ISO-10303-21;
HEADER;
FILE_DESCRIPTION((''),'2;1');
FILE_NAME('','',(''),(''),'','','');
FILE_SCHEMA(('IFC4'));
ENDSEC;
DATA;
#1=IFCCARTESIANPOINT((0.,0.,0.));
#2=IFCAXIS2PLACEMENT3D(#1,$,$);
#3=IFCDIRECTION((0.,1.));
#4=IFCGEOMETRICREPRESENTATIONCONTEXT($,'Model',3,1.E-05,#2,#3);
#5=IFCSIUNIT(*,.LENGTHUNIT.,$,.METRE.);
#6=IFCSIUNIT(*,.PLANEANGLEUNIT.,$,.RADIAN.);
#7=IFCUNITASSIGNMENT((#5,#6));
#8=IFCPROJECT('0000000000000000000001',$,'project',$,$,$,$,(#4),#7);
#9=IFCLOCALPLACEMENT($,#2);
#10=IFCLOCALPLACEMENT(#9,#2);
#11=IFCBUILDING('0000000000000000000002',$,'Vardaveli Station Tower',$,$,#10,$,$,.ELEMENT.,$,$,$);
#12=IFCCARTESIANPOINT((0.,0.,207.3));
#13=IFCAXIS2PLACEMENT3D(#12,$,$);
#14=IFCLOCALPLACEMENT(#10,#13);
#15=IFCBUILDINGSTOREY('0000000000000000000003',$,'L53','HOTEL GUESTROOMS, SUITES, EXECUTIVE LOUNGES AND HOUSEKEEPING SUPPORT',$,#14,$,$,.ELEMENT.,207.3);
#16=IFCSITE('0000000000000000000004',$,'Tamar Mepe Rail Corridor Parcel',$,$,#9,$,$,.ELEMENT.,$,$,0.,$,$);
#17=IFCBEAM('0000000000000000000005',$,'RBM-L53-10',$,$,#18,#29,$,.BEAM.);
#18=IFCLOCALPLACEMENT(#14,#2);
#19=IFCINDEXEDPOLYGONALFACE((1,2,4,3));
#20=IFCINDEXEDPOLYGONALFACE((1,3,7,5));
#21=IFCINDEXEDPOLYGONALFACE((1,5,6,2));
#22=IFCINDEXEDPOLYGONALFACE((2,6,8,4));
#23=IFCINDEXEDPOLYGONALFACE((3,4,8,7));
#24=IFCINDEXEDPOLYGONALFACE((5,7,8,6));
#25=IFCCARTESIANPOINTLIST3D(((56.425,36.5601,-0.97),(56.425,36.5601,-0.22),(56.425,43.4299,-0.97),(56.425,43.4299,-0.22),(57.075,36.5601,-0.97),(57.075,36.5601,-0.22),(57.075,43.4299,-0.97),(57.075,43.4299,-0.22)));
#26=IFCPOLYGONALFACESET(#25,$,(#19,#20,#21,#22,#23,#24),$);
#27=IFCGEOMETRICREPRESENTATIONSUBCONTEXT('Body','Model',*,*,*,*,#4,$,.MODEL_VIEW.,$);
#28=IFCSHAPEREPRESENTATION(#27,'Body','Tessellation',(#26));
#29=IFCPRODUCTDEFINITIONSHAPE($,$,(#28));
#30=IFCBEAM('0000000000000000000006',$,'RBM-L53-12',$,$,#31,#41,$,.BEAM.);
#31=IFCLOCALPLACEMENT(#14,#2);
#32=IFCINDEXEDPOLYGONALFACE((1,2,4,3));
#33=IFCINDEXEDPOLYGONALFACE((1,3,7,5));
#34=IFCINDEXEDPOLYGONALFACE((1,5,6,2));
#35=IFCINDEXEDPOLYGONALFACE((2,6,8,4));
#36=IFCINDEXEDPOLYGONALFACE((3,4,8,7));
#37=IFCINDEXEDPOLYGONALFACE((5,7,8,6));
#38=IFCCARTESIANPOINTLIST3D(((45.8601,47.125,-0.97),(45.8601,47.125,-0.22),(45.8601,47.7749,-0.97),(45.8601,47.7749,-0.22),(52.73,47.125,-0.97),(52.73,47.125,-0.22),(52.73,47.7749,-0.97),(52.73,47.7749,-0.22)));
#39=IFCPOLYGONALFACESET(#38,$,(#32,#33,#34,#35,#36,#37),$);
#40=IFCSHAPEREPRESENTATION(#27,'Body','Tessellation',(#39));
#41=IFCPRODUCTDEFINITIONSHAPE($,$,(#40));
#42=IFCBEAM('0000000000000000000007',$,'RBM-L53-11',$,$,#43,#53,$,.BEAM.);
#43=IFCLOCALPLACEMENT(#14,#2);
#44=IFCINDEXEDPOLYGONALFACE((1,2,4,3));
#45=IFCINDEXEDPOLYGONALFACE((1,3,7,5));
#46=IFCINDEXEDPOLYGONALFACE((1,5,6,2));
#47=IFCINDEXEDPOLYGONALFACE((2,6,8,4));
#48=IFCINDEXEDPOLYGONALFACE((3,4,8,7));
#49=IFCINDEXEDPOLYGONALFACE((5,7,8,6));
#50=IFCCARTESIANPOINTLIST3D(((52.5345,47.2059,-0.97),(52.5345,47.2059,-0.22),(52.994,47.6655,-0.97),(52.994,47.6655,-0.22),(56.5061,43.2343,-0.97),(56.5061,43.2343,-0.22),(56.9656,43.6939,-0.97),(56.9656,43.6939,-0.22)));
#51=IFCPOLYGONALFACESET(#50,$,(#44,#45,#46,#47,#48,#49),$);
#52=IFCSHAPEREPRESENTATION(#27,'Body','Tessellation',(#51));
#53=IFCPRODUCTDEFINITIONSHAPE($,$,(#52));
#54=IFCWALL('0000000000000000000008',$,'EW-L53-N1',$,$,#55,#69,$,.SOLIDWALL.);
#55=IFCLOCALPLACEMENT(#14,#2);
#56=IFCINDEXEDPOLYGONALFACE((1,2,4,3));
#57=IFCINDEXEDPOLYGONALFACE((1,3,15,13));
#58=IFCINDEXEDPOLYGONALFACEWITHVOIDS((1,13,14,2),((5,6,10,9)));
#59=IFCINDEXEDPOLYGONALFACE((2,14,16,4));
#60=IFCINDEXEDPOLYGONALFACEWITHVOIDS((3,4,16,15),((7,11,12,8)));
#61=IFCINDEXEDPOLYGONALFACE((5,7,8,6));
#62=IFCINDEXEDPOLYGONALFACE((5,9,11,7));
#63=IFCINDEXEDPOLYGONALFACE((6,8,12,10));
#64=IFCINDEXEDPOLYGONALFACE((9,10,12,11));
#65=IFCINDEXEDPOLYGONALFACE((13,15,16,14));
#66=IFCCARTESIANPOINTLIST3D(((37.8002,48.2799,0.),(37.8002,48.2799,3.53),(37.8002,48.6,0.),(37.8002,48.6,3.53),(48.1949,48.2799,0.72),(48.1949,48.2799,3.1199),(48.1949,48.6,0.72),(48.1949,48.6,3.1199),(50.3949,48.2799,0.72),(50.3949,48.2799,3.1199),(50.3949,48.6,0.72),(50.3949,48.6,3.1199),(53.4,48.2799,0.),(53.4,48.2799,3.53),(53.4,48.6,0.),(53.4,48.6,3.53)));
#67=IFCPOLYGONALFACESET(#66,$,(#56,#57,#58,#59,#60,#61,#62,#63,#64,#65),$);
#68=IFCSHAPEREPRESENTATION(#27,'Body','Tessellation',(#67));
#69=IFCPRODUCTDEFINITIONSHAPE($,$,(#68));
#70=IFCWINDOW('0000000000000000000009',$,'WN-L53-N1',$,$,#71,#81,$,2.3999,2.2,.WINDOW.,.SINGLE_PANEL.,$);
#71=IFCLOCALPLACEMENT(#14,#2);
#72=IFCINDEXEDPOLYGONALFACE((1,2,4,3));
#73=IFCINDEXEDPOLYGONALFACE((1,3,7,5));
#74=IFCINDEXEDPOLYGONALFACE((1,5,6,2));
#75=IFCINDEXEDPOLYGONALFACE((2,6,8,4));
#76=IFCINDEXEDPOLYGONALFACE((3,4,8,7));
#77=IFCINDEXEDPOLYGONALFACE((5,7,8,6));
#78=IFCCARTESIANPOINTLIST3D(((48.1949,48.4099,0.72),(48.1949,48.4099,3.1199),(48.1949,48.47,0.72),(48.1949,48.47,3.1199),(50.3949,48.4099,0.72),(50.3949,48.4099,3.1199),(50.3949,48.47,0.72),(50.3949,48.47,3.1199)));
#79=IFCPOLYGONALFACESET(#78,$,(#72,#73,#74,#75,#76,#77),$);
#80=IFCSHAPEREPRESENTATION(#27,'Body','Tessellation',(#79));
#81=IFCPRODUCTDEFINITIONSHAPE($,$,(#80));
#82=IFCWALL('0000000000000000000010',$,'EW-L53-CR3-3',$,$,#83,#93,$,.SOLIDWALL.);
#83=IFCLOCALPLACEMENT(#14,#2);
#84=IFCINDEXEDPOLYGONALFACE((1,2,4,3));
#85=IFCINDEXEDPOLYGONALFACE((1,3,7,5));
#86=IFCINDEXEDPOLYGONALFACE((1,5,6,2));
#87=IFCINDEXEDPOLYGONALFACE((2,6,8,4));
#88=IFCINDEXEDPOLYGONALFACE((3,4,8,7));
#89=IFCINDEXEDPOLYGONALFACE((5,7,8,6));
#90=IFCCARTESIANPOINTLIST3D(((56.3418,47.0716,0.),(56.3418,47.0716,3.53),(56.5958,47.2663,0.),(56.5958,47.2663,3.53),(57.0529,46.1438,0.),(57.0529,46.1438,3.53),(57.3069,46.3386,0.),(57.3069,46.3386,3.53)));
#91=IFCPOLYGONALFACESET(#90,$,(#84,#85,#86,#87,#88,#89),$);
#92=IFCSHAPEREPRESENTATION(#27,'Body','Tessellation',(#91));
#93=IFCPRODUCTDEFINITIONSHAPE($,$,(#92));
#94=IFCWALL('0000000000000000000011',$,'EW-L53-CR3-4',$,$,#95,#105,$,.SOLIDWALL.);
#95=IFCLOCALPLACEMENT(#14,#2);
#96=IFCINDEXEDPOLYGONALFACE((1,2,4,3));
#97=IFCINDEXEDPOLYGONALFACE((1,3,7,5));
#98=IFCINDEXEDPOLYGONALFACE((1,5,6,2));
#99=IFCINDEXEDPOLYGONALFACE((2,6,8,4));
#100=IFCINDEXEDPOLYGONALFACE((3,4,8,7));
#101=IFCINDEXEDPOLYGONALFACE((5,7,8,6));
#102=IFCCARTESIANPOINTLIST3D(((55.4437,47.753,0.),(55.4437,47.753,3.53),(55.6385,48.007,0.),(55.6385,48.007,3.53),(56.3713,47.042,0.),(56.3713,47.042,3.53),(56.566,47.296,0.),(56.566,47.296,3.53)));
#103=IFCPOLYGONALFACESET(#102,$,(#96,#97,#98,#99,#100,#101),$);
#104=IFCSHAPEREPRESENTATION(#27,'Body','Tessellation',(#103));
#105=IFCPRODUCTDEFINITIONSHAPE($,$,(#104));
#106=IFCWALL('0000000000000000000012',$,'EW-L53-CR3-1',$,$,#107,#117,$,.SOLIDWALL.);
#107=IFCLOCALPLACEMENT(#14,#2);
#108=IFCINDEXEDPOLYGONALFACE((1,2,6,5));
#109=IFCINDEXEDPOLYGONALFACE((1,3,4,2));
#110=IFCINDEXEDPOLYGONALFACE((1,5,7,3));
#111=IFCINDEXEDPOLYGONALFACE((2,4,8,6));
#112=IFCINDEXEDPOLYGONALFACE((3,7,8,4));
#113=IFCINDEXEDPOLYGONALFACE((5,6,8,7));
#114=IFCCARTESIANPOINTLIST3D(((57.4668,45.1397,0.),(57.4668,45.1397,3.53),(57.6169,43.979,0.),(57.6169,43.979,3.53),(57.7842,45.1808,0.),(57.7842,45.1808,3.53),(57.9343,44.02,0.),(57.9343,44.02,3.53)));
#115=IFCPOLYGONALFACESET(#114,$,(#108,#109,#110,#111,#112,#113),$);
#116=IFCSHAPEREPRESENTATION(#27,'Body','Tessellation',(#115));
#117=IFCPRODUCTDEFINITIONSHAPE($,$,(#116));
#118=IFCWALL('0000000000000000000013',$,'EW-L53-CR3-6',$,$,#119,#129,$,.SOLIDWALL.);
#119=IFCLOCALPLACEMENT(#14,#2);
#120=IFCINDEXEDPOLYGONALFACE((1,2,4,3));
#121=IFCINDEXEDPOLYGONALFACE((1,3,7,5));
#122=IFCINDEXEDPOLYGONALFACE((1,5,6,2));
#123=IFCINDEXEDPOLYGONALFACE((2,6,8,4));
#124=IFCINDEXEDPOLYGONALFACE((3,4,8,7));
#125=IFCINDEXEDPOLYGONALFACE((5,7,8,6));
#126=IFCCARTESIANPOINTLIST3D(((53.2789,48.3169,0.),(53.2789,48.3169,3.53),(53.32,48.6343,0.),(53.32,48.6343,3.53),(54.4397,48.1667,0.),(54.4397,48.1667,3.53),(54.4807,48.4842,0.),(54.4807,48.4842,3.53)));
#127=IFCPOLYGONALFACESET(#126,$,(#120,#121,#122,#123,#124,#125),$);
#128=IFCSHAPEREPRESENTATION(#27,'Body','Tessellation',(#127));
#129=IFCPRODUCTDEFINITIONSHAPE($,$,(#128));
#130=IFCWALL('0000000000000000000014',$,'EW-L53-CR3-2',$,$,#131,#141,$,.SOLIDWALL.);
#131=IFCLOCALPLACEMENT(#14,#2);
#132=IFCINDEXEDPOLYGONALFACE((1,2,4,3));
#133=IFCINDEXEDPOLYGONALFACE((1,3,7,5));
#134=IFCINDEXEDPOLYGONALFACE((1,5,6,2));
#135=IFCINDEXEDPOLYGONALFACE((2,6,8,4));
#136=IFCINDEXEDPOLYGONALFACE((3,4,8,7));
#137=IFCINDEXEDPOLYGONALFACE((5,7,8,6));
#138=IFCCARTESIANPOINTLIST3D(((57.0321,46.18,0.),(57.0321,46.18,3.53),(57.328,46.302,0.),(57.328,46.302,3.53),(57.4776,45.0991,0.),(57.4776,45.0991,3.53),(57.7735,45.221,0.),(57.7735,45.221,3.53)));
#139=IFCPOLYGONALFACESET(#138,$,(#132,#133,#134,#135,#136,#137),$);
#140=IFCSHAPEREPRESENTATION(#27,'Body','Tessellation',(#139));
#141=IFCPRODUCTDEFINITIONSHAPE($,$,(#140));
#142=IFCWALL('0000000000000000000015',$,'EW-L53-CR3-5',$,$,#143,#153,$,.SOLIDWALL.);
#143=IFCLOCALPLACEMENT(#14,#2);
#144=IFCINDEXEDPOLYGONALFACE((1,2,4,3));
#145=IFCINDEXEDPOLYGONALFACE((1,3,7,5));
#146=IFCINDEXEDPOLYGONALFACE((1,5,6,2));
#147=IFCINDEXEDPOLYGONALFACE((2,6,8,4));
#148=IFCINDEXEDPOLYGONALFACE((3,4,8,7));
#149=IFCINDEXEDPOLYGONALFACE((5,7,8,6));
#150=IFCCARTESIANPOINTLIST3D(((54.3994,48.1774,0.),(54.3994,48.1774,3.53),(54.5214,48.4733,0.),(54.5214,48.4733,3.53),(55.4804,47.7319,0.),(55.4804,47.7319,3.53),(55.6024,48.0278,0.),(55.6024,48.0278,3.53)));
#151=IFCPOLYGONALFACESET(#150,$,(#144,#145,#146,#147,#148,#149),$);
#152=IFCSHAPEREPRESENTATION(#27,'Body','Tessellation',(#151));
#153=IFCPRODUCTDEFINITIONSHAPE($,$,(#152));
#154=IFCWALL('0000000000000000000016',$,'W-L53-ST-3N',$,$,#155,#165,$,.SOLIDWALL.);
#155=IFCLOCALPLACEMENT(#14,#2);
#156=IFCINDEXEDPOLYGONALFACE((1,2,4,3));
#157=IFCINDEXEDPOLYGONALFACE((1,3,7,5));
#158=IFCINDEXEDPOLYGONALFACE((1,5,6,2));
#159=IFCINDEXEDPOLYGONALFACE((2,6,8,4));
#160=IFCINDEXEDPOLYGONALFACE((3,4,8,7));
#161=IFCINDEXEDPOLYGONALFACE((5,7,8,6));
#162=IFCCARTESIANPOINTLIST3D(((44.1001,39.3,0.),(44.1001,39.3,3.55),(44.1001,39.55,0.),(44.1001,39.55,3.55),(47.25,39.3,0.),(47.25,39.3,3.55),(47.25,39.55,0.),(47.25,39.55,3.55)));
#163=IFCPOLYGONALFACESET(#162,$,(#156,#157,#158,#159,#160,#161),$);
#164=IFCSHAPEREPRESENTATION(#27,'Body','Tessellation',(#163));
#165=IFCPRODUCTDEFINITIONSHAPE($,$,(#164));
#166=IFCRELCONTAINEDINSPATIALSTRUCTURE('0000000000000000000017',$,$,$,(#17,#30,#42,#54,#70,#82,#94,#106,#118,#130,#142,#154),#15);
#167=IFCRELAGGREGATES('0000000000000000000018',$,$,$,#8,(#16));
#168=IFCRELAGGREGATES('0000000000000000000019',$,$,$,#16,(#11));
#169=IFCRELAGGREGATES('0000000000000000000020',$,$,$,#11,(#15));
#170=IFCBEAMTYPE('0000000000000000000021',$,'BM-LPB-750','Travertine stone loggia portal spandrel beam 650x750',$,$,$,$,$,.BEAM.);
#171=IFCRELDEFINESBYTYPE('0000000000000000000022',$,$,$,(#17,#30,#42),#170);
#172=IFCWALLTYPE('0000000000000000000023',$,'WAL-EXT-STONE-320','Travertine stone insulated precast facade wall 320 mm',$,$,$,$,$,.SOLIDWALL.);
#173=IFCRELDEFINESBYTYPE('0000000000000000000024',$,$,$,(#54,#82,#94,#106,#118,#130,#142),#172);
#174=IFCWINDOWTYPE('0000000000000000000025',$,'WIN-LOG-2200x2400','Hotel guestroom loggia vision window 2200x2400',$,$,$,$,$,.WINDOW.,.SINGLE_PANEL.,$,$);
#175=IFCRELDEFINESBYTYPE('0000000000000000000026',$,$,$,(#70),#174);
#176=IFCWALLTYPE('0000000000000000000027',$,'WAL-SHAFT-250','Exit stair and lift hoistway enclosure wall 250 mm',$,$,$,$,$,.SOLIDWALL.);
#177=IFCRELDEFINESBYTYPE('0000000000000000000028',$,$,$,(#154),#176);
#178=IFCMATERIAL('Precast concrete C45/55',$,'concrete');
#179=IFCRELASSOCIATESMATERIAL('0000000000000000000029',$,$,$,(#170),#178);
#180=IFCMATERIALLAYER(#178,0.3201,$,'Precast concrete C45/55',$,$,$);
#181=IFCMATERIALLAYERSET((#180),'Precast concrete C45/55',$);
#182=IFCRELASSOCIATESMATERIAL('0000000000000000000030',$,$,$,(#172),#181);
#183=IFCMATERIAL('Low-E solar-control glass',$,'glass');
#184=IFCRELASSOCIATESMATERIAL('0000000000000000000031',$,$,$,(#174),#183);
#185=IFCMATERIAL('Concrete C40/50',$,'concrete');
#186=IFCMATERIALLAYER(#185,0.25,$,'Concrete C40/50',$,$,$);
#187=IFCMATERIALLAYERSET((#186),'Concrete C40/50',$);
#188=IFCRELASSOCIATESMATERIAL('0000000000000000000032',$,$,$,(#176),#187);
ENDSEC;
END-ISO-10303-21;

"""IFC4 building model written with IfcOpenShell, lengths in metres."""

from ifc_helpers import new_model, si_unit, direction, frame, frame_2d, origin, origin_2d, place, context, subcontext, project, spatial, rectangle, extrude, source, transform, mapped, material, layer, layer_set, material_profile, profile_set, type_object, element, fill, save


model = new_model("IFC4")

# Units and contexts
model_context = context("Model", 3, precision=1e-05, world=origin(), true_north=direction((0.0, 1.0)))
body_context = subcontext(model_context, "Body", "Model", "MODEL_VIEW")
ifc_project = project(units=[si_unit("LENGTHUNIT", "METRE"), si_unit("PLANEANGLEUNIT", "RADIAN")], contexts=[model_context])

# Site, building, storey
site_placement = place(None, origin())
site = spatial("IfcSite", under=ifc_project, at=site_placement, Name="Tamar Mepe Rail Corridor Parcel", CompositionType="ELEMENT", RefElevation=0.0)
building_placement = place(site_placement, origin())
building = spatial("IfcBuilding", under=site, at=building_placement, Name="Vardaveli Station Tower", CompositionType="ELEMENT")
storey_placement = place(building_placement, frame((0.0, 0.0, 207.3)))
storey = spatial("IfcBuildingStorey", under=building, at=storey_placement, Name="L53", Description="HOTEL GUESTROOMS, SUITES, EXECUTIVE LOUNGES AND HOUSEKEEPING SUPPORT", CompositionType="ELEMENT", Elevation=207.3)

# Beams
ifc_material_1 = material(Name="Precast concrete C45/55", Category="concrete")
ifc_material_profile_1 = material_profile(ifc_material_1, rectangle(XDim=0.6499, YDim=0.75, at=origin_2d()), Name="LPB 650x750")
ifc_profile_set_1 = profile_set([ifc_material_profile_1], Name="Precast concrete C45/55")
beam_type = type_object("IfcBeamType", Name="BM-LPB-750", Description="Travertine stone loggia portal spandrel beam 650x750", PredefinedType="BEAM", material=ifc_profile_set_1)
shared_shape_1 = source(origin(), body_context, "Body", "SweptSolid", [
    extrude(rectangle(XDim=0.6499, YDim=0.75, at=origin_2d()), origin(), (0.0, 0.0, 1.0), 6.8699),
])
for number, where, z_axis, x_axis, name in (
    (1, (56.75, 36.5601, -0.595), (0.0, 1.0, 0.0), (-1.0, 0.0, 0.0), "RBM-L53-10"),
    (2, (52.73, 47.45, -0.595), (-1.0, 0.0, 0.0), (0.0, -1.0, 0.0), "RBM-L53-12"),
):
    element("IfcBeam", number, at=place(storey_placement, frame(where, z_axis=z_axis, x_axis=x_axis)), inside=storey, type_object=beam_type, Name=name, PredefinedType="BEAM", context=body_context, shape_type="MappedRepresentation", body=[
        mapped(shared_shape_1, transform((0.0, 0.0, 0.0), scale=1.0)),
    ])
shared_shape_2 = source(origin(), body_context, "Body", "SweptSolid", [
    extrude(rectangle(XDim=0.6499, YDim=0.75, at=origin_2d()), origin(), (0.0, 0.0, 1.0), 5.6167),
])
beam_1_placement = place(storey_placement, frame((56.7358, 43.4641, -0.595), z_axis=(-0.707107, 0.707107, 0.0), x_axis=(-0.707107, -0.707107, 0.0)))
element("IfcBeam", 3, at=beam_1_placement, inside=storey, type_object=beam_type, Name="RBM-L53-11", PredefinedType="BEAM", context=body_context, shape_type="MappedRepresentation", body=[
    mapped(shared_shape_2, transform((0.0, 0.0, 0.0), scale=1.0)),
])

# Wall, opening, window
ifc_layer_1 = layer(ifc_material_1, 0.3201, Name="Precast concrete C45/55")
ifc_layer_set_1 = layer_set([ifc_layer_1], Name="Precast concrete C45/55")
wall_type_1 = type_object("IfcWallType", Name="WAL-EXT-STONE-320", Description="Travertine stone insulated precast facade wall 320 mm", PredefinedType="SOLIDWALL", material=ifc_layer_set_1)
shared_shape_3 = source(origin(), body_context, "Body", "SweptSolid", [
    extrude(rectangle(XDim=15.5999, YDim=0.3201, at=frame_2d((7.7998, 0.0))), origin(), (0.0, 0.0, 1.0), 3.53),
])
wall_1_placement = place(storey_placement, frame((53.3999, 48.4399, 0.0), z_axis=(0.0, 0.0, 1.0), x_axis=(-1.0, 0.0, 0.0)))
wall_1 = element("IfcWall", 4, at=wall_1_placement, inside=storey, type_object=wall_type_1, Name="EW-L53-N1", PredefinedType="SOLIDWALL", context=body_context, shape_type="MappedRepresentation", body=[
    mapped(shared_shape_3, transform((0.0, 0.0, 0.0), scale=1.0)),
])
shared_shape_4 = source(origin(), body_context, "Body", "SweptSolid", [
    extrude(rectangle(XDim=2.2, YDim=2.3999, at=frame_2d((1.1001, 1.2))), frame((0.0, 0.1699, 0.0), z_axis=(0.0, -1.0, 0.0), x_axis=(1.0, 0.0, 0.0)), (0.0, 0.0, 1.0), 0.3401),
])
opening_placement = place(wall_1_placement, frame((3.0049, 0.0, 0.72)))
opening = element("IfcOpeningElement", 5, at=opening_placement, cuts=wall_1, PredefinedType="OPENING", context=body_context, shape_type="MappedRepresentation", body=[
    mapped(shared_shape_4, transform((0.0, 0.0, 0.0), scale=1.0)),
])
ifc_material_2 = material(Name="Low-E solar-control glass", Category="glass")
window_type = type_object("IfcWindowType", Name="WIN-LOG-2200x2400", Description="Hotel guestroom loggia vision window 2200x2400", PartitioningType="SINGLE_PANEL", PredefinedType="WINDOW", material=ifc_material_2)
shared_shape_5 = source(origin(), body_context, "Body", "SweptSolid", [
    extrude(rectangle(XDim=2.2, YDim=2.3999, at=frame_2d((1.1001, 1.2))), frame((0.0, 0.03, 0.0), z_axis=(0.0, -1.0, 0.0), x_axis=(1.0, 0.0, 0.0)), (0.0, 0.0, 1.0), 0.0601),
])
window_placement = place(opening_placement, origin())
window = element("IfcWindow", 6, at=window_placement, inside=storey, type_object=window_type, Name="WN-L53-N1", OverallHeight=2.3999, OverallWidth=2.2, PartitioningType="SINGLE_PANEL", PredefinedType="WINDOW", context=body_context, shape_type="MappedRepresentation", body=[
    mapped(shared_shape_5, transform((0.0, 0.0, 0.0), scale=1.0)),
])
fill(opening, window)

# Walls
shared_shape_6 = source(origin(), body_context, "Body", "SweptSolid", [
    extrude(rectangle(XDim=1.1689, YDim=0.3201, at=frame_2d((0.5845, 0.0))), origin(), (0.0, 0.0, 1.0), 3.53),
])
wall_2_placement = place(storey_placement, frame((57.1799, 46.2412, 0.0), z_axis=(0.0, 0.0, 1.0), x_axis=(-0.608388, 0.79364, 0.0)))
element("IfcWall", 7, at=wall_2_placement, inside=storey, type_object=wall_type_1, Name="EW-L53-CR3-3", PredefinedType="SOLIDWALL", context=body_context, shape_type="MappedRepresentation", body=[
    mapped(shared_shape_6, transform((0.0, 0.0, 0.0), scale=1.0)),
])
shared_shape_7 = source(origin(), body_context, "Body", "SweptSolid", [
    extrude(rectangle(XDim=1.1687, YDim=0.3201, at=frame_2d((0.5845, 0.0))), origin(), (0.0, 0.0, 1.0), 3.53),
])
wall_3_placement = place(storey_placement, frame((56.4688, 47.1689, 0.0), z_axis=(0.0, 0.0, 1.0), x_axis=(-0.793664, 0.608357, 0.0)))
element("IfcWall", 8, at=wall_3_placement, inside=storey, type_object=wall_type_1, Name="EW-L53-CR3-4", PredefinedType="SOLIDWALL", context=body_context, shape_type="MappedRepresentation", body=[
    mapped(shared_shape_7, transform((0.0, 0.0, 0.0), scale=1.0)),
])
shared_shape_8 = source(origin(), body_context, "Body", "SweptSolid", [
    extrude(rectangle(XDim=1.1704, YDim=0.3201, at=frame_2d((0.5852, 0.0))), origin(), (0.0, 0.0, 1.0), 3.53),
])
for number, where, z_axis, x_axis, name in (
    (9, (57.7756, 43.9995, 0.0), (0.0, 0.0, 1.0), (-0.128296, 0.991736, 0.0), "EW-L53-CR3-1"),
    (10, (54.4602, 48.3254, 0.0), (0.0, 0.0, 1.0), (-0.991736, 0.128296, 0.0), "EW-L53-CR3-6"),
):
    element("IfcWall", number, at=place(storey_placement, frame(where, z_axis=z_axis, x_axis=x_axis)), inside=storey, type_object=wall_type_1, Name=name, PredefinedType="SOLIDWALL", context=body_context, shape_type="MappedRepresentation", body=[
        mapped(shared_shape_8, transform((0.0, 0.0, 0.0), scale=1.0)),
    ])
shared_shape_9 = source(origin(), body_context, "Body", "SweptSolid", [
    extrude(rectangle(XDim=1.1692, YDim=0.3201, at=frame_2d((0.5845, 0.0))), origin(), (0.0, 0.0, 1.0), 3.53),
])
for number, where, z_axis, x_axis, name in (
    (11, (57.6255, 45.1602, 0.0), (0.0, 0.0, 1.0), (-0.381054, 0.924553, 0.0), "EW-L53-CR3-2"),
    (12, (55.5413, 47.8799, 0.0), (0.0, 0.0, 1.0), (-0.924553, 0.381054, 0.0), "EW-L53-CR3-5"),
):
    element("IfcWall", number, at=place(storey_placement, frame(where, z_axis=z_axis, x_axis=x_axis)), inside=storey, type_object=wall_type_1, Name=name, PredefinedType="SOLIDWALL", context=body_context, shape_type="MappedRepresentation", body=[
        mapped(shared_shape_9, transform((0.0, 0.0, 0.0), scale=1.0)),
    ])
ifc_material_3 = material(Name="Concrete C40/50", Category="concrete")
ifc_layer_2 = layer(ifc_material_3, 0.25, Name="Concrete C40/50")
ifc_layer_set_2 = layer_set([ifc_layer_2], Name="Concrete C40/50")
wall_type_2 = type_object("IfcWallType", Name="WAL-SHAFT-250", Description="Exit stair and lift hoistway enclosure wall 250 mm", PredefinedType="SOLIDWALL", material=ifc_layer_set_2)
shared_shape_10 = source(origin(), body_context, "Body", "SweptSolid", [
    extrude(rectangle(XDim=3.1499, YDim=0.25, at=frame_2d((1.575, 0.0))), origin(), (0.0, 0.0, 1.0), 3.55),
])
wall_4_placement = place(storey_placement, frame((44.1001, 39.425, 0.0), z_axis=(0.0, 0.0, 1.0), x_axis=(1.0, 0.0, 0.0)))
element("IfcWall", 13, at=wall_4_placement, inside=storey, type_object=wall_type_2, Name="W-L53-ST-3N", PredefinedType="SOLIDWALL", context=body_context, shape_type="MappedRepresentation", body=[
    mapped(shared_shape_10, transform((0.0, 0.0, 0.0), scale=1.0)),
])

save(model, "model.ifc")
